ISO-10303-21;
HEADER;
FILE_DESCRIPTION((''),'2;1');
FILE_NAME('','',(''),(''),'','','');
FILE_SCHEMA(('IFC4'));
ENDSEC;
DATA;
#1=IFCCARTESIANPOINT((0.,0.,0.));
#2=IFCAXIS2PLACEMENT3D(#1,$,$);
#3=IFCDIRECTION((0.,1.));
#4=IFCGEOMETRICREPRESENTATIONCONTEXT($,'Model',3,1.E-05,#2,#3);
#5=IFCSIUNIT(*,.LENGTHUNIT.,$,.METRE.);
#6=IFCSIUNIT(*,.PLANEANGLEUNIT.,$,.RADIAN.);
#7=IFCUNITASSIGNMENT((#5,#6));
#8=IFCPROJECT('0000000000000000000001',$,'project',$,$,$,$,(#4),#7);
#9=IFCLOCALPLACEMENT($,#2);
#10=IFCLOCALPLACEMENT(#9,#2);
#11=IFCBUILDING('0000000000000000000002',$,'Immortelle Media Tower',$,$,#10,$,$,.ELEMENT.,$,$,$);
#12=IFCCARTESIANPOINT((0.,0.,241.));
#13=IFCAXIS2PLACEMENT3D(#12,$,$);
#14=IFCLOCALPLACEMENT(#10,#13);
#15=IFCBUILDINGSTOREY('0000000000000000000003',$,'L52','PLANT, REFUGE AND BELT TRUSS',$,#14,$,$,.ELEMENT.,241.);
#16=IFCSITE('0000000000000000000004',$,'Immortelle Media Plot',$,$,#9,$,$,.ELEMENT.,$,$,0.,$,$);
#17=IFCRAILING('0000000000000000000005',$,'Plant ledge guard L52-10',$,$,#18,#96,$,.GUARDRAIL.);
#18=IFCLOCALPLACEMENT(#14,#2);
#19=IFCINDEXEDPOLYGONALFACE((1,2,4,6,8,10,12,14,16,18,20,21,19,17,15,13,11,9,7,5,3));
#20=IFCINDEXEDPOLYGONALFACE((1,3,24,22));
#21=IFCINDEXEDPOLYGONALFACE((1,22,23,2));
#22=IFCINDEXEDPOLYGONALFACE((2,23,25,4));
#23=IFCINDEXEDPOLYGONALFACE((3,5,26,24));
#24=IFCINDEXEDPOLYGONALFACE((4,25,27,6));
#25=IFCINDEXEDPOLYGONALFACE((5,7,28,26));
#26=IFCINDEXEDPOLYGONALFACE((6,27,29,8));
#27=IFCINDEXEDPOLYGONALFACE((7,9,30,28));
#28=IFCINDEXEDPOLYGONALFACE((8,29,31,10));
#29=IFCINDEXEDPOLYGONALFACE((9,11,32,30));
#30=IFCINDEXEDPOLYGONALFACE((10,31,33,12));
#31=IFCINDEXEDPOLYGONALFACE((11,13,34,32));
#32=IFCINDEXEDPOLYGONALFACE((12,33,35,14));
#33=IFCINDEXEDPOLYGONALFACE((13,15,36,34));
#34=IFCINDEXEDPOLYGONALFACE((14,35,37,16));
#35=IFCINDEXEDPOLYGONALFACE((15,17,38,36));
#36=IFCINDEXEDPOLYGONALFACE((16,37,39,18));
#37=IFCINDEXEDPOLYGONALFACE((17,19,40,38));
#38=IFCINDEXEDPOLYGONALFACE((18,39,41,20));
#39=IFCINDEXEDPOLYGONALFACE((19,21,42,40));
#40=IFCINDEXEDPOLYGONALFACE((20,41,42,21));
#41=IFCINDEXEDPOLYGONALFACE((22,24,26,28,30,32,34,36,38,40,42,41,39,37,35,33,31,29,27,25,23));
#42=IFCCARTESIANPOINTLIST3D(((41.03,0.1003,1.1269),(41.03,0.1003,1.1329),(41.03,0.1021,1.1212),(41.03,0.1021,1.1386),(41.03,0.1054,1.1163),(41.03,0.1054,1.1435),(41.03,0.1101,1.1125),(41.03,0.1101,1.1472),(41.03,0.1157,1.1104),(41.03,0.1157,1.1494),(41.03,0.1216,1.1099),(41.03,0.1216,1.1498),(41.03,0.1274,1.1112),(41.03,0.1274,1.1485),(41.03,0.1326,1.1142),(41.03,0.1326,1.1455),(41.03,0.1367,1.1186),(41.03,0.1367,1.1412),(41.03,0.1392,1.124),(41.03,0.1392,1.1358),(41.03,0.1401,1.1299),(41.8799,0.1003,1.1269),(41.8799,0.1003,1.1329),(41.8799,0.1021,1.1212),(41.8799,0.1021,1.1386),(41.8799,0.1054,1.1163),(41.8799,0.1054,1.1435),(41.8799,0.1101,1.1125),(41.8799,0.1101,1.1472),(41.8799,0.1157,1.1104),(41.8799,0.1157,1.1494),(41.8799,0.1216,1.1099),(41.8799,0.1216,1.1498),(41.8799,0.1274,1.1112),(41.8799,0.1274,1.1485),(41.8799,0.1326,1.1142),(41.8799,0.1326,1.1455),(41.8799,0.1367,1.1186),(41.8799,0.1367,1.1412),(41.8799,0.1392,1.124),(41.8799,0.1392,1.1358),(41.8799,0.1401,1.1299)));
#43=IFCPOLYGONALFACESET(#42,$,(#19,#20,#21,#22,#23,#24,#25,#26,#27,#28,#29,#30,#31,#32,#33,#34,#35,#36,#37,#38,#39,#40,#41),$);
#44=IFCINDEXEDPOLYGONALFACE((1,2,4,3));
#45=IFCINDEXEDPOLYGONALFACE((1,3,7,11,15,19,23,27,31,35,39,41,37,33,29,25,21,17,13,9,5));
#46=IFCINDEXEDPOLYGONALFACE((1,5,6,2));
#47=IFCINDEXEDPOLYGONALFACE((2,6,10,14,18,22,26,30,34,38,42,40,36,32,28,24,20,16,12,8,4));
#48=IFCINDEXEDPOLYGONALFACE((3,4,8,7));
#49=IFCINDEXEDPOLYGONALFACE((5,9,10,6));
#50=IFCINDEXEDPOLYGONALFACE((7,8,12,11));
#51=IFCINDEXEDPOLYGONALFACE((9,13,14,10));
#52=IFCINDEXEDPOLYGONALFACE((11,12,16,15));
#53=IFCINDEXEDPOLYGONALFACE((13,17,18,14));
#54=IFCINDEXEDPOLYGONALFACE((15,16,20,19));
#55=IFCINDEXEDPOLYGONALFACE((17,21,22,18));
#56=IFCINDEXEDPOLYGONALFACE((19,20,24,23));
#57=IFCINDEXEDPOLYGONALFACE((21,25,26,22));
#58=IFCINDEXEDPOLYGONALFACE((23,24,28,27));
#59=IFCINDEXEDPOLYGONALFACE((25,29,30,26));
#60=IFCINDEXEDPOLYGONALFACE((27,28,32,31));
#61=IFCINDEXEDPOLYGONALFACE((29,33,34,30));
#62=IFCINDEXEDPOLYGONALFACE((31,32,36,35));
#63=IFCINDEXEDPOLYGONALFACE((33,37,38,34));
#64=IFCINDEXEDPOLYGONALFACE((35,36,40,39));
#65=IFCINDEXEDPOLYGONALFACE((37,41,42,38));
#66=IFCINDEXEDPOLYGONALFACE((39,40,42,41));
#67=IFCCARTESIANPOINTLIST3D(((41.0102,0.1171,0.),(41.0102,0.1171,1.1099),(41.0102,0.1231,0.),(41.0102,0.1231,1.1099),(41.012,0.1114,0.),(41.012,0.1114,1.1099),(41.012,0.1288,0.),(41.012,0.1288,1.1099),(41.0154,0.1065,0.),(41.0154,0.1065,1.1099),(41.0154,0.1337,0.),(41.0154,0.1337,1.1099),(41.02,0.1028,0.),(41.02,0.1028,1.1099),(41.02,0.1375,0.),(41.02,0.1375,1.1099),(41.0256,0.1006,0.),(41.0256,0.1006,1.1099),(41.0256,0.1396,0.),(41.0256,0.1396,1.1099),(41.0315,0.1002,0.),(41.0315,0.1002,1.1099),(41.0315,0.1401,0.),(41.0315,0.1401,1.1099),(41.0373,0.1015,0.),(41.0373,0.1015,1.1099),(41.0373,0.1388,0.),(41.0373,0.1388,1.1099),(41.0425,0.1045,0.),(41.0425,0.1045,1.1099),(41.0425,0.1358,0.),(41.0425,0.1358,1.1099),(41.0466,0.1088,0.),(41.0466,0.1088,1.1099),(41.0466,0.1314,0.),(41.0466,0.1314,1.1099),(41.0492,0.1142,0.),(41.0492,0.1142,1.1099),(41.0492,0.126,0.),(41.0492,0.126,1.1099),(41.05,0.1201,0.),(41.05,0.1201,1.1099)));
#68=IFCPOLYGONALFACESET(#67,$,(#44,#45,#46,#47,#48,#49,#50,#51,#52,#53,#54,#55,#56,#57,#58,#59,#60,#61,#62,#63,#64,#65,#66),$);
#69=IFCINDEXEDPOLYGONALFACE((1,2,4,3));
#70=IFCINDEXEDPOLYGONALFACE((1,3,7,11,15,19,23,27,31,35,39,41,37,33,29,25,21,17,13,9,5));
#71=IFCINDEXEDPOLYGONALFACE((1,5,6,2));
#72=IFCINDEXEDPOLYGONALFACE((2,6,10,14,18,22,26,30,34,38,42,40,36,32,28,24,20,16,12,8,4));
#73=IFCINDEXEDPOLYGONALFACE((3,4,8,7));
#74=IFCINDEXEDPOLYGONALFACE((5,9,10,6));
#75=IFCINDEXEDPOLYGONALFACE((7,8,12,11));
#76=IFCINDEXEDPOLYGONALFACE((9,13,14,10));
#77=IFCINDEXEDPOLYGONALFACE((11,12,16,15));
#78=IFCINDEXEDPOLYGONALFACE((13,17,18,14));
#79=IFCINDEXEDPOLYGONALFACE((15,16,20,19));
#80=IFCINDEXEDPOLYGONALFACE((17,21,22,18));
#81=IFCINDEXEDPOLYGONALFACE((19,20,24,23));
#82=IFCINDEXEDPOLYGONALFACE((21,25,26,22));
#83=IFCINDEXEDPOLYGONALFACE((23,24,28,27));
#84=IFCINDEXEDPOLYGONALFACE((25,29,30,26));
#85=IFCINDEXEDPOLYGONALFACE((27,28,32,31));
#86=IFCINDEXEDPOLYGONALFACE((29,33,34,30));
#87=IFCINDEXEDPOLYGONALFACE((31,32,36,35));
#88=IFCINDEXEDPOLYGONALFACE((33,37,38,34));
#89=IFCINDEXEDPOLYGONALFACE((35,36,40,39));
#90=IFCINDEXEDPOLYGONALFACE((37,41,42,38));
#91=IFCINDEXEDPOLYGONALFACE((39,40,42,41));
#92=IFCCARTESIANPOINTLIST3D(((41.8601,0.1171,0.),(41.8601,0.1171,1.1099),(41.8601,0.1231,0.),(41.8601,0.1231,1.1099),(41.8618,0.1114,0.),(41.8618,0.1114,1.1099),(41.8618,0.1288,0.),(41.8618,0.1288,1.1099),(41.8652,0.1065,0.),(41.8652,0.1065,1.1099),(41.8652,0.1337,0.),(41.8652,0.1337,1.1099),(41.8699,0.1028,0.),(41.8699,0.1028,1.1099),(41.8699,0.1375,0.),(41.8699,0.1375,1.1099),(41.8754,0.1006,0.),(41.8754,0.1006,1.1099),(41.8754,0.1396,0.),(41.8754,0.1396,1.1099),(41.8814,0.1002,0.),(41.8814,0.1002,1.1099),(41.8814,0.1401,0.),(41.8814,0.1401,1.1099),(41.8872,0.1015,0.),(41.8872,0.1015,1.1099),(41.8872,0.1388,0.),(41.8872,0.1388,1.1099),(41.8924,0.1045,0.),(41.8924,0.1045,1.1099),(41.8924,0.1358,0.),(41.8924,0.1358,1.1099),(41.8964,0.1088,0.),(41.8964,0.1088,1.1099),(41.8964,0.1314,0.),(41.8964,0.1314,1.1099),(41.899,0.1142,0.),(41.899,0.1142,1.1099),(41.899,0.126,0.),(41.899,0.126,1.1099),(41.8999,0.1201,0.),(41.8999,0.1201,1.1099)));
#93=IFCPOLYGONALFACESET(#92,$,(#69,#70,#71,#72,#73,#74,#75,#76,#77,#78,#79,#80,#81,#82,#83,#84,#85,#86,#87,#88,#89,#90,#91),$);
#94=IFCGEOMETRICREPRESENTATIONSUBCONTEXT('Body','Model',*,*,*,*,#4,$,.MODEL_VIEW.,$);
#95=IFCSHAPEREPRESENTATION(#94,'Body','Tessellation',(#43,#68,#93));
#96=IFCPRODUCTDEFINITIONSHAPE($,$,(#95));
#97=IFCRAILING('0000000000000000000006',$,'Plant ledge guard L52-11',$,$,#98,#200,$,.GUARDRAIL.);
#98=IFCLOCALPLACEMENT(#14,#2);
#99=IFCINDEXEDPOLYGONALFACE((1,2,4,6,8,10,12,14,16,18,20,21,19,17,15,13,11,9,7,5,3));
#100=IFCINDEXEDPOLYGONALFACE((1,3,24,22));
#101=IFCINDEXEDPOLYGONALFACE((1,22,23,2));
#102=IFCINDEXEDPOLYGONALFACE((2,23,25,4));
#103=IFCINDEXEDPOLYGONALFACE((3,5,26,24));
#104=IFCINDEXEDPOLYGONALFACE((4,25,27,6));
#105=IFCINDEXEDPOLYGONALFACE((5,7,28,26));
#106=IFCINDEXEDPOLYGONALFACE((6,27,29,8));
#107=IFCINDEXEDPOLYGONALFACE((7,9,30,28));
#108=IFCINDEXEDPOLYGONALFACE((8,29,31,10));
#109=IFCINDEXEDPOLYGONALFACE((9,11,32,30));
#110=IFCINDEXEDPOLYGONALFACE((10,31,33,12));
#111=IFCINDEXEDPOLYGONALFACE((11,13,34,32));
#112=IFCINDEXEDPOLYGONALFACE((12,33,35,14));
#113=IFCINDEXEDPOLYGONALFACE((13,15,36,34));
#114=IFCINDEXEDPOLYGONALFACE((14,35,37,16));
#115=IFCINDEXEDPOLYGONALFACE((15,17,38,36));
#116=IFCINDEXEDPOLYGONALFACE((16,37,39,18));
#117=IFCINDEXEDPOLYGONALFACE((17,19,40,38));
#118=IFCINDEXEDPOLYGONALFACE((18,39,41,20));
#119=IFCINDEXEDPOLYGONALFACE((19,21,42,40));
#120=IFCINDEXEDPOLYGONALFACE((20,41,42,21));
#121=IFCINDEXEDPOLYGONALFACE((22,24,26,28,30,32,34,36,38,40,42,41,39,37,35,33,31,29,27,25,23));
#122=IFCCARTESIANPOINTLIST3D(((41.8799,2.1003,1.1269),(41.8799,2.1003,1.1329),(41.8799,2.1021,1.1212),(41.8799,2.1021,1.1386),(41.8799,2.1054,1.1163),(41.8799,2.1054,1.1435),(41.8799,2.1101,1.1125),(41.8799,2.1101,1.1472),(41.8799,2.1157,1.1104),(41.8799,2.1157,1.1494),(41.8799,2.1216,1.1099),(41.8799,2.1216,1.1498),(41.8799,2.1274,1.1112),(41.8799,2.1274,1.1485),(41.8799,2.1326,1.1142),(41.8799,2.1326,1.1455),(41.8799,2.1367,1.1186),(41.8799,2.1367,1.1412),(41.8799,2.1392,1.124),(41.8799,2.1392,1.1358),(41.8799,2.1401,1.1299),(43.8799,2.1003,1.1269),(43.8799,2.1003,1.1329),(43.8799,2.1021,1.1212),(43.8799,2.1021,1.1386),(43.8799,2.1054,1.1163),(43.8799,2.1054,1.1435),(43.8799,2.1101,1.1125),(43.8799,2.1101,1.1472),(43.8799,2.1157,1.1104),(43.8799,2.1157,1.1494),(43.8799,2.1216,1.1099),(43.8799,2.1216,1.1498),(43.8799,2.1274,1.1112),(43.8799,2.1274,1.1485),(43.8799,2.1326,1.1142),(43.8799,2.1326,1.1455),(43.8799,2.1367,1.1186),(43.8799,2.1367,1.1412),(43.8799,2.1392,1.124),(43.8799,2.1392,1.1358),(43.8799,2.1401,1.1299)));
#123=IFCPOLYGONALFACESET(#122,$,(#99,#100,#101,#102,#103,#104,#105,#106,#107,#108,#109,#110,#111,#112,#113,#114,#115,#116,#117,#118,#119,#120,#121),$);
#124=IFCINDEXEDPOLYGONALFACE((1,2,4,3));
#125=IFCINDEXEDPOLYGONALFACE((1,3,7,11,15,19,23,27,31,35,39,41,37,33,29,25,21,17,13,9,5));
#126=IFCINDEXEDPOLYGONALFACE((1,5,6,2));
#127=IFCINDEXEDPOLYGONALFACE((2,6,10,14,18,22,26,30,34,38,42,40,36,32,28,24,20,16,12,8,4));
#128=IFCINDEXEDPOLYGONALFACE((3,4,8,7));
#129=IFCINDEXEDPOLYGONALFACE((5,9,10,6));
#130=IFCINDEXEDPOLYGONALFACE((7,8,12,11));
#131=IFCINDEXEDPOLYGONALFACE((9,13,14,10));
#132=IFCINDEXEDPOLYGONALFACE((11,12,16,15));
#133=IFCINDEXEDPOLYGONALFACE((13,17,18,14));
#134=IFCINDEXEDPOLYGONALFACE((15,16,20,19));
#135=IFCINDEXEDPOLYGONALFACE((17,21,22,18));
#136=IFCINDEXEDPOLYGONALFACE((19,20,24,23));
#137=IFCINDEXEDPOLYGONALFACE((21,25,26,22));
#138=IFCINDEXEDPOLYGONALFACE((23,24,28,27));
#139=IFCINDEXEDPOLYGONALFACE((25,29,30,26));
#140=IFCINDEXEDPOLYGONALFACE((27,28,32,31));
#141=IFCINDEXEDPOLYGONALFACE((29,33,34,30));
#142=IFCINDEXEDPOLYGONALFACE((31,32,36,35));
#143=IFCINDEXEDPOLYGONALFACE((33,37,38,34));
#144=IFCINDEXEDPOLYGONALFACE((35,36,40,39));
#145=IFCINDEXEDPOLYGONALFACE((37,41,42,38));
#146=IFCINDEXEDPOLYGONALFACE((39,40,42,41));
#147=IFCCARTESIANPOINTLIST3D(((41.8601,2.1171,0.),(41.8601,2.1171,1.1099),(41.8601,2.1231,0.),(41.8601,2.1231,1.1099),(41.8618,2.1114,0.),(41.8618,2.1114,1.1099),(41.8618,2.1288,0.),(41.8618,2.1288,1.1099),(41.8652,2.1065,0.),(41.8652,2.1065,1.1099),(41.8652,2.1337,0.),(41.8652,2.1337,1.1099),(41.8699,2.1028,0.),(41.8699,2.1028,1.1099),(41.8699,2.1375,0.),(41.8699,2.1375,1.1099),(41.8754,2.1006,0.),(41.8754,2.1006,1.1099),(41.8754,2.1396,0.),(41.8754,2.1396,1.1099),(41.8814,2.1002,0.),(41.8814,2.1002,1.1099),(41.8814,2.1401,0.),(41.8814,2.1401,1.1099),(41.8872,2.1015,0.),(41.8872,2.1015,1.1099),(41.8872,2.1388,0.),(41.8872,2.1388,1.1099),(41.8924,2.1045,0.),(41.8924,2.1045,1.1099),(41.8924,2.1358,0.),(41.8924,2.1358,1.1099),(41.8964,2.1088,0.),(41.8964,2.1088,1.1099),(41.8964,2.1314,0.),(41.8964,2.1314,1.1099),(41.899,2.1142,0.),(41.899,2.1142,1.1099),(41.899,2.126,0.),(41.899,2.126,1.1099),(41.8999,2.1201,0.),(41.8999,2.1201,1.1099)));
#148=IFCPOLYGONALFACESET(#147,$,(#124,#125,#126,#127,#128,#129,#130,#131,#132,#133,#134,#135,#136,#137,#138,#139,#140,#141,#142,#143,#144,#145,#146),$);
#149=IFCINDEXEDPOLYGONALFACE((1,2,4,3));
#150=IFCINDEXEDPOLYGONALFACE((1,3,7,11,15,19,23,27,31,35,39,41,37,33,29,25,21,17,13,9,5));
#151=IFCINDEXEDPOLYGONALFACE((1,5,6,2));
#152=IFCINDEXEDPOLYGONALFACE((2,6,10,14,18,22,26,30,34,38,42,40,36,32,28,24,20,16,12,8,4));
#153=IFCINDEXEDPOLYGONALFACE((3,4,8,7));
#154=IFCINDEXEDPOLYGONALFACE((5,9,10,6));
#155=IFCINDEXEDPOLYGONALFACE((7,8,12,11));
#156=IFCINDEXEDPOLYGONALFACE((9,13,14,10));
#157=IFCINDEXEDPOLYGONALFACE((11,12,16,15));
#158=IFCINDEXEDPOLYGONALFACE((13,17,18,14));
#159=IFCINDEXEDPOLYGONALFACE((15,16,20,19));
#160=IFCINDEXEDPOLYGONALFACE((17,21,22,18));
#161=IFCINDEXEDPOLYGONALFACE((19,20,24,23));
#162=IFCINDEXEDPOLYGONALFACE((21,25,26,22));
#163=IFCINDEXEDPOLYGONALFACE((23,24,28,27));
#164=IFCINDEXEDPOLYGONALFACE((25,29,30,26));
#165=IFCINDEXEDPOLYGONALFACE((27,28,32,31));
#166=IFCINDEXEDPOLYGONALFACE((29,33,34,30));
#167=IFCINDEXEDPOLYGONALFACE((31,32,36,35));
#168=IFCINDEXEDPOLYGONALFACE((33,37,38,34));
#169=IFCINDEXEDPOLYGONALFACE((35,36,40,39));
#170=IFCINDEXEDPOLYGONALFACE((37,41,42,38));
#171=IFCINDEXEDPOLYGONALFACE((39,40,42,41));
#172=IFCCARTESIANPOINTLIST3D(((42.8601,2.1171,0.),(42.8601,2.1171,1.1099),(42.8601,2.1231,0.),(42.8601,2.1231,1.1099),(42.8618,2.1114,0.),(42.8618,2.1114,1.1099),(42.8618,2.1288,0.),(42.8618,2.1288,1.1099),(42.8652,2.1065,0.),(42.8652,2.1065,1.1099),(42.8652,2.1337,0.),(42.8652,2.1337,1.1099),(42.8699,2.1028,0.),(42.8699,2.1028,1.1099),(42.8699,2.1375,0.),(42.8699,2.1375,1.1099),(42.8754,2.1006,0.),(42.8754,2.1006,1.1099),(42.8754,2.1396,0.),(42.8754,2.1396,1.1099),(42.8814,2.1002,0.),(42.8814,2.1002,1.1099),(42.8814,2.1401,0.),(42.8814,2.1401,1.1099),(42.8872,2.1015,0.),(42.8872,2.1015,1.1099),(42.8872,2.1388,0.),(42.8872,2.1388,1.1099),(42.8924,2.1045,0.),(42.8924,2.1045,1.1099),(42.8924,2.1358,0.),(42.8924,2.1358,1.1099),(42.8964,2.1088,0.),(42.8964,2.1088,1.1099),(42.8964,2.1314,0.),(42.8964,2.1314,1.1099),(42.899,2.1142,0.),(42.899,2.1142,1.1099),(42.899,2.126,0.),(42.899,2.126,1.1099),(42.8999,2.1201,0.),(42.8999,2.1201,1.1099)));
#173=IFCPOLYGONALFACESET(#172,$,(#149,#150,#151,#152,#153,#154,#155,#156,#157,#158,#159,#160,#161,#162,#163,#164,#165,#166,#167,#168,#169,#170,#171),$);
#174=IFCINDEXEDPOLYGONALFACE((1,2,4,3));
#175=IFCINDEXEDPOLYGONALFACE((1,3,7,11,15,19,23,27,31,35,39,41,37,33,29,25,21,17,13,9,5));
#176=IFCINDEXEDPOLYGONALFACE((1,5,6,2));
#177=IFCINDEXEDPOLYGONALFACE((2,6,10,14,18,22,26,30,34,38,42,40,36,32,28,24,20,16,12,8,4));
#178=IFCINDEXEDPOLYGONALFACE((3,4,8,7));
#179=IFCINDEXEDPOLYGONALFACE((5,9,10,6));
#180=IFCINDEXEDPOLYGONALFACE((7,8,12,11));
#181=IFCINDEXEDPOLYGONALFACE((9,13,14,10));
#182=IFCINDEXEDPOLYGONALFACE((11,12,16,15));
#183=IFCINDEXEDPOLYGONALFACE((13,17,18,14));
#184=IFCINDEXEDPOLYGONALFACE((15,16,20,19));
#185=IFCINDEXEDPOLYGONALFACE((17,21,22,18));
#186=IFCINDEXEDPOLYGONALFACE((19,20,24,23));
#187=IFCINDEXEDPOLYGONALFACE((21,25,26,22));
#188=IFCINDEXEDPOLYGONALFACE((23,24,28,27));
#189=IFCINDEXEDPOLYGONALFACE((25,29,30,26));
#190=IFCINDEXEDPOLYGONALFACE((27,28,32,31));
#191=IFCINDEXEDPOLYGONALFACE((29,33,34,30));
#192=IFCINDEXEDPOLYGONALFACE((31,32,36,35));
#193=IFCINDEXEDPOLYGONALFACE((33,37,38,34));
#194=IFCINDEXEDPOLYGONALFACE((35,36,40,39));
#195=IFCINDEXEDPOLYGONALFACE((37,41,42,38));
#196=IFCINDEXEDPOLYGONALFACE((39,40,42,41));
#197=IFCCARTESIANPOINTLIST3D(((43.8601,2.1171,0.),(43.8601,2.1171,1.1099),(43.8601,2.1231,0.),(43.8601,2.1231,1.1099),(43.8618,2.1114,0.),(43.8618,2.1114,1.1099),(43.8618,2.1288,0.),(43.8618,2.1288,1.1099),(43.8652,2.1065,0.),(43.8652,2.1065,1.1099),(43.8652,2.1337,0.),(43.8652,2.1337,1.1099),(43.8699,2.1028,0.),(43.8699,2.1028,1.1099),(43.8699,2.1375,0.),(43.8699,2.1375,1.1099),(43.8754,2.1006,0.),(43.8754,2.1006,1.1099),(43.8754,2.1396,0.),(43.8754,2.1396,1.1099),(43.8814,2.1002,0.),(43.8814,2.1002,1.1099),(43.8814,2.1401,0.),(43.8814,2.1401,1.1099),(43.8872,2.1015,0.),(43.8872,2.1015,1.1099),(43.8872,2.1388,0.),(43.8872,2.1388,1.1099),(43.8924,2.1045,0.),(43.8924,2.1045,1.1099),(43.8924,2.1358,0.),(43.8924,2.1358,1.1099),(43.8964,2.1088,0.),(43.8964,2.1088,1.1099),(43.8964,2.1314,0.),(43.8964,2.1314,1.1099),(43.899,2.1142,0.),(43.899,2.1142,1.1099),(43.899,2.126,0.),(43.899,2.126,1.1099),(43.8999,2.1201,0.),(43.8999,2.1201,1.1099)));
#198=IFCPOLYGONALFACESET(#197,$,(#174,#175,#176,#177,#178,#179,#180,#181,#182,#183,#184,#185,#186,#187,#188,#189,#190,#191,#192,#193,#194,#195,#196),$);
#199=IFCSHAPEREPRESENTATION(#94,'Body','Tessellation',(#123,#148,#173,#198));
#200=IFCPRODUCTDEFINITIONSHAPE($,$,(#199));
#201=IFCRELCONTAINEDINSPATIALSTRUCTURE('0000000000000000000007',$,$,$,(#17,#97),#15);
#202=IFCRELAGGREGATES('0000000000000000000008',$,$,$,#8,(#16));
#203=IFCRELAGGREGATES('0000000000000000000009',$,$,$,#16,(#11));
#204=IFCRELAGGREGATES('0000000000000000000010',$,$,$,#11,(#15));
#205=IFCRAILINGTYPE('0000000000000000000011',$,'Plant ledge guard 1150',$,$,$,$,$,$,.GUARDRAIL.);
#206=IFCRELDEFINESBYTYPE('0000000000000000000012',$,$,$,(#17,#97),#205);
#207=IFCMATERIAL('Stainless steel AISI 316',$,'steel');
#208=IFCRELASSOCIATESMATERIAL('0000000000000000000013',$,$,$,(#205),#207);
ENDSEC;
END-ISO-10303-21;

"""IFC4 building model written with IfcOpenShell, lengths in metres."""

from ifc_helpers import new_model, si_unit, direction, frame, origin, origin_2d, place, context, subcontext, project, spatial, circle, extrude, material, type_object, element, save


model = new_model("IFC4")

# Units and contexts
model_context = context("Model", 3, precision=1e-05, world=origin(), true_north=direction((0.0, 1.0)))
body_context = subcontext(model_context, "Body", "Model", "MODEL_VIEW")
ifc_project = project(units=[si_unit("LENGTHUNIT", "METRE"), si_unit("PLANEANGLEUNIT", "RADIAN")], contexts=[model_context])

# Site, building, storey
site_placement = place(None, origin())
site = spatial("IfcSite", under=ifc_project, at=site_placement, Name="Immortelle Media Plot", CompositionType="ELEMENT", RefElevation=0.0)
building_placement = place(site_placement, origin())
building = spatial("IfcBuilding", under=site, at=building_placement, Name="Immortelle Media Tower", CompositionType="ELEMENT")
storey_placement = place(building_placement, frame((0.0, 0.0, 241.0)))
storey = spatial("IfcBuildingStorey", under=building, at=storey_placement, Name="L52", Description="PLANT, REFUGE AND BELT TRUSS", CompositionType="ELEMENT", Elevation=241.0)

# Railings
ifc_material_1 = material(Name="Stainless steel AISI 316", Category="steel")
railing_type = type_object("IfcRailingType", Name="Plant ledge guard 1150", PredefinedType="GUARDRAIL", material=ifc_material_1)
railing_1_placement = place(storey_placement, frame((41.03, 0.1201, 0.0)))
element("IfcRailing", 1, at=railing_1_placement, inside=storey, type_object=railing_type, Name="Plant ledge guard L52-10", PredefinedType="GUARDRAIL", context=body_context, shape_type="SweptSolid", body=[
    extrude(circle(Radius=0.02, at=origin_2d()), frame((0.0, 0.0, 1.1299), z_axis=(1.0, 0.0, 0.0), x_axis=(0.0, 1.0, 0.0)), (0.0, 0.0, 1.0), 0.8499),
    extrude(circle(Radius=0.02, at=origin_2d()), origin(), (0.0, 0.0, 1.0), 1.1099),
    extrude(circle(Radius=0.02, at=origin_2d()), frame((0.8499, 0.0, 0.0)), (0.0, 0.0, 1.0), 1.1099),
])
railing_2_placement = place(storey_placement, frame((41.8799, 2.1201, 0.0)))
element("IfcRailing", 2, at=railing_2_placement, inside=storey, type_object=railing_type, Name="Plant ledge guard L52-11", PredefinedType="GUARDRAIL", context=body_context, shape_type="SweptSolid", body=[
    extrude(circle(Radius=0.02, at=origin_2d()), frame((0.0, 0.0, 1.1299), z_axis=(1.0, 0.0, 0.0), x_axis=(0.0, 1.0, 0.0)), (0.0, 0.0, 1.0), 2.0),
    extrude(circle(Radius=0.02, at=origin_2d()), origin(), (0.0, 0.0, 1.0), 1.1099),
    extrude(circle(Radius=0.02, at=origin_2d()), frame((1.0, 0.0, 0.0)), (0.0, 0.0, 1.0), 1.1099),
    extrude(circle(Radius=0.02, at=origin_2d()), frame((2.0, 0.0, 0.0)), (0.0, 0.0, 1.0), 1.1099),
])

save(model, "model.ifc")
